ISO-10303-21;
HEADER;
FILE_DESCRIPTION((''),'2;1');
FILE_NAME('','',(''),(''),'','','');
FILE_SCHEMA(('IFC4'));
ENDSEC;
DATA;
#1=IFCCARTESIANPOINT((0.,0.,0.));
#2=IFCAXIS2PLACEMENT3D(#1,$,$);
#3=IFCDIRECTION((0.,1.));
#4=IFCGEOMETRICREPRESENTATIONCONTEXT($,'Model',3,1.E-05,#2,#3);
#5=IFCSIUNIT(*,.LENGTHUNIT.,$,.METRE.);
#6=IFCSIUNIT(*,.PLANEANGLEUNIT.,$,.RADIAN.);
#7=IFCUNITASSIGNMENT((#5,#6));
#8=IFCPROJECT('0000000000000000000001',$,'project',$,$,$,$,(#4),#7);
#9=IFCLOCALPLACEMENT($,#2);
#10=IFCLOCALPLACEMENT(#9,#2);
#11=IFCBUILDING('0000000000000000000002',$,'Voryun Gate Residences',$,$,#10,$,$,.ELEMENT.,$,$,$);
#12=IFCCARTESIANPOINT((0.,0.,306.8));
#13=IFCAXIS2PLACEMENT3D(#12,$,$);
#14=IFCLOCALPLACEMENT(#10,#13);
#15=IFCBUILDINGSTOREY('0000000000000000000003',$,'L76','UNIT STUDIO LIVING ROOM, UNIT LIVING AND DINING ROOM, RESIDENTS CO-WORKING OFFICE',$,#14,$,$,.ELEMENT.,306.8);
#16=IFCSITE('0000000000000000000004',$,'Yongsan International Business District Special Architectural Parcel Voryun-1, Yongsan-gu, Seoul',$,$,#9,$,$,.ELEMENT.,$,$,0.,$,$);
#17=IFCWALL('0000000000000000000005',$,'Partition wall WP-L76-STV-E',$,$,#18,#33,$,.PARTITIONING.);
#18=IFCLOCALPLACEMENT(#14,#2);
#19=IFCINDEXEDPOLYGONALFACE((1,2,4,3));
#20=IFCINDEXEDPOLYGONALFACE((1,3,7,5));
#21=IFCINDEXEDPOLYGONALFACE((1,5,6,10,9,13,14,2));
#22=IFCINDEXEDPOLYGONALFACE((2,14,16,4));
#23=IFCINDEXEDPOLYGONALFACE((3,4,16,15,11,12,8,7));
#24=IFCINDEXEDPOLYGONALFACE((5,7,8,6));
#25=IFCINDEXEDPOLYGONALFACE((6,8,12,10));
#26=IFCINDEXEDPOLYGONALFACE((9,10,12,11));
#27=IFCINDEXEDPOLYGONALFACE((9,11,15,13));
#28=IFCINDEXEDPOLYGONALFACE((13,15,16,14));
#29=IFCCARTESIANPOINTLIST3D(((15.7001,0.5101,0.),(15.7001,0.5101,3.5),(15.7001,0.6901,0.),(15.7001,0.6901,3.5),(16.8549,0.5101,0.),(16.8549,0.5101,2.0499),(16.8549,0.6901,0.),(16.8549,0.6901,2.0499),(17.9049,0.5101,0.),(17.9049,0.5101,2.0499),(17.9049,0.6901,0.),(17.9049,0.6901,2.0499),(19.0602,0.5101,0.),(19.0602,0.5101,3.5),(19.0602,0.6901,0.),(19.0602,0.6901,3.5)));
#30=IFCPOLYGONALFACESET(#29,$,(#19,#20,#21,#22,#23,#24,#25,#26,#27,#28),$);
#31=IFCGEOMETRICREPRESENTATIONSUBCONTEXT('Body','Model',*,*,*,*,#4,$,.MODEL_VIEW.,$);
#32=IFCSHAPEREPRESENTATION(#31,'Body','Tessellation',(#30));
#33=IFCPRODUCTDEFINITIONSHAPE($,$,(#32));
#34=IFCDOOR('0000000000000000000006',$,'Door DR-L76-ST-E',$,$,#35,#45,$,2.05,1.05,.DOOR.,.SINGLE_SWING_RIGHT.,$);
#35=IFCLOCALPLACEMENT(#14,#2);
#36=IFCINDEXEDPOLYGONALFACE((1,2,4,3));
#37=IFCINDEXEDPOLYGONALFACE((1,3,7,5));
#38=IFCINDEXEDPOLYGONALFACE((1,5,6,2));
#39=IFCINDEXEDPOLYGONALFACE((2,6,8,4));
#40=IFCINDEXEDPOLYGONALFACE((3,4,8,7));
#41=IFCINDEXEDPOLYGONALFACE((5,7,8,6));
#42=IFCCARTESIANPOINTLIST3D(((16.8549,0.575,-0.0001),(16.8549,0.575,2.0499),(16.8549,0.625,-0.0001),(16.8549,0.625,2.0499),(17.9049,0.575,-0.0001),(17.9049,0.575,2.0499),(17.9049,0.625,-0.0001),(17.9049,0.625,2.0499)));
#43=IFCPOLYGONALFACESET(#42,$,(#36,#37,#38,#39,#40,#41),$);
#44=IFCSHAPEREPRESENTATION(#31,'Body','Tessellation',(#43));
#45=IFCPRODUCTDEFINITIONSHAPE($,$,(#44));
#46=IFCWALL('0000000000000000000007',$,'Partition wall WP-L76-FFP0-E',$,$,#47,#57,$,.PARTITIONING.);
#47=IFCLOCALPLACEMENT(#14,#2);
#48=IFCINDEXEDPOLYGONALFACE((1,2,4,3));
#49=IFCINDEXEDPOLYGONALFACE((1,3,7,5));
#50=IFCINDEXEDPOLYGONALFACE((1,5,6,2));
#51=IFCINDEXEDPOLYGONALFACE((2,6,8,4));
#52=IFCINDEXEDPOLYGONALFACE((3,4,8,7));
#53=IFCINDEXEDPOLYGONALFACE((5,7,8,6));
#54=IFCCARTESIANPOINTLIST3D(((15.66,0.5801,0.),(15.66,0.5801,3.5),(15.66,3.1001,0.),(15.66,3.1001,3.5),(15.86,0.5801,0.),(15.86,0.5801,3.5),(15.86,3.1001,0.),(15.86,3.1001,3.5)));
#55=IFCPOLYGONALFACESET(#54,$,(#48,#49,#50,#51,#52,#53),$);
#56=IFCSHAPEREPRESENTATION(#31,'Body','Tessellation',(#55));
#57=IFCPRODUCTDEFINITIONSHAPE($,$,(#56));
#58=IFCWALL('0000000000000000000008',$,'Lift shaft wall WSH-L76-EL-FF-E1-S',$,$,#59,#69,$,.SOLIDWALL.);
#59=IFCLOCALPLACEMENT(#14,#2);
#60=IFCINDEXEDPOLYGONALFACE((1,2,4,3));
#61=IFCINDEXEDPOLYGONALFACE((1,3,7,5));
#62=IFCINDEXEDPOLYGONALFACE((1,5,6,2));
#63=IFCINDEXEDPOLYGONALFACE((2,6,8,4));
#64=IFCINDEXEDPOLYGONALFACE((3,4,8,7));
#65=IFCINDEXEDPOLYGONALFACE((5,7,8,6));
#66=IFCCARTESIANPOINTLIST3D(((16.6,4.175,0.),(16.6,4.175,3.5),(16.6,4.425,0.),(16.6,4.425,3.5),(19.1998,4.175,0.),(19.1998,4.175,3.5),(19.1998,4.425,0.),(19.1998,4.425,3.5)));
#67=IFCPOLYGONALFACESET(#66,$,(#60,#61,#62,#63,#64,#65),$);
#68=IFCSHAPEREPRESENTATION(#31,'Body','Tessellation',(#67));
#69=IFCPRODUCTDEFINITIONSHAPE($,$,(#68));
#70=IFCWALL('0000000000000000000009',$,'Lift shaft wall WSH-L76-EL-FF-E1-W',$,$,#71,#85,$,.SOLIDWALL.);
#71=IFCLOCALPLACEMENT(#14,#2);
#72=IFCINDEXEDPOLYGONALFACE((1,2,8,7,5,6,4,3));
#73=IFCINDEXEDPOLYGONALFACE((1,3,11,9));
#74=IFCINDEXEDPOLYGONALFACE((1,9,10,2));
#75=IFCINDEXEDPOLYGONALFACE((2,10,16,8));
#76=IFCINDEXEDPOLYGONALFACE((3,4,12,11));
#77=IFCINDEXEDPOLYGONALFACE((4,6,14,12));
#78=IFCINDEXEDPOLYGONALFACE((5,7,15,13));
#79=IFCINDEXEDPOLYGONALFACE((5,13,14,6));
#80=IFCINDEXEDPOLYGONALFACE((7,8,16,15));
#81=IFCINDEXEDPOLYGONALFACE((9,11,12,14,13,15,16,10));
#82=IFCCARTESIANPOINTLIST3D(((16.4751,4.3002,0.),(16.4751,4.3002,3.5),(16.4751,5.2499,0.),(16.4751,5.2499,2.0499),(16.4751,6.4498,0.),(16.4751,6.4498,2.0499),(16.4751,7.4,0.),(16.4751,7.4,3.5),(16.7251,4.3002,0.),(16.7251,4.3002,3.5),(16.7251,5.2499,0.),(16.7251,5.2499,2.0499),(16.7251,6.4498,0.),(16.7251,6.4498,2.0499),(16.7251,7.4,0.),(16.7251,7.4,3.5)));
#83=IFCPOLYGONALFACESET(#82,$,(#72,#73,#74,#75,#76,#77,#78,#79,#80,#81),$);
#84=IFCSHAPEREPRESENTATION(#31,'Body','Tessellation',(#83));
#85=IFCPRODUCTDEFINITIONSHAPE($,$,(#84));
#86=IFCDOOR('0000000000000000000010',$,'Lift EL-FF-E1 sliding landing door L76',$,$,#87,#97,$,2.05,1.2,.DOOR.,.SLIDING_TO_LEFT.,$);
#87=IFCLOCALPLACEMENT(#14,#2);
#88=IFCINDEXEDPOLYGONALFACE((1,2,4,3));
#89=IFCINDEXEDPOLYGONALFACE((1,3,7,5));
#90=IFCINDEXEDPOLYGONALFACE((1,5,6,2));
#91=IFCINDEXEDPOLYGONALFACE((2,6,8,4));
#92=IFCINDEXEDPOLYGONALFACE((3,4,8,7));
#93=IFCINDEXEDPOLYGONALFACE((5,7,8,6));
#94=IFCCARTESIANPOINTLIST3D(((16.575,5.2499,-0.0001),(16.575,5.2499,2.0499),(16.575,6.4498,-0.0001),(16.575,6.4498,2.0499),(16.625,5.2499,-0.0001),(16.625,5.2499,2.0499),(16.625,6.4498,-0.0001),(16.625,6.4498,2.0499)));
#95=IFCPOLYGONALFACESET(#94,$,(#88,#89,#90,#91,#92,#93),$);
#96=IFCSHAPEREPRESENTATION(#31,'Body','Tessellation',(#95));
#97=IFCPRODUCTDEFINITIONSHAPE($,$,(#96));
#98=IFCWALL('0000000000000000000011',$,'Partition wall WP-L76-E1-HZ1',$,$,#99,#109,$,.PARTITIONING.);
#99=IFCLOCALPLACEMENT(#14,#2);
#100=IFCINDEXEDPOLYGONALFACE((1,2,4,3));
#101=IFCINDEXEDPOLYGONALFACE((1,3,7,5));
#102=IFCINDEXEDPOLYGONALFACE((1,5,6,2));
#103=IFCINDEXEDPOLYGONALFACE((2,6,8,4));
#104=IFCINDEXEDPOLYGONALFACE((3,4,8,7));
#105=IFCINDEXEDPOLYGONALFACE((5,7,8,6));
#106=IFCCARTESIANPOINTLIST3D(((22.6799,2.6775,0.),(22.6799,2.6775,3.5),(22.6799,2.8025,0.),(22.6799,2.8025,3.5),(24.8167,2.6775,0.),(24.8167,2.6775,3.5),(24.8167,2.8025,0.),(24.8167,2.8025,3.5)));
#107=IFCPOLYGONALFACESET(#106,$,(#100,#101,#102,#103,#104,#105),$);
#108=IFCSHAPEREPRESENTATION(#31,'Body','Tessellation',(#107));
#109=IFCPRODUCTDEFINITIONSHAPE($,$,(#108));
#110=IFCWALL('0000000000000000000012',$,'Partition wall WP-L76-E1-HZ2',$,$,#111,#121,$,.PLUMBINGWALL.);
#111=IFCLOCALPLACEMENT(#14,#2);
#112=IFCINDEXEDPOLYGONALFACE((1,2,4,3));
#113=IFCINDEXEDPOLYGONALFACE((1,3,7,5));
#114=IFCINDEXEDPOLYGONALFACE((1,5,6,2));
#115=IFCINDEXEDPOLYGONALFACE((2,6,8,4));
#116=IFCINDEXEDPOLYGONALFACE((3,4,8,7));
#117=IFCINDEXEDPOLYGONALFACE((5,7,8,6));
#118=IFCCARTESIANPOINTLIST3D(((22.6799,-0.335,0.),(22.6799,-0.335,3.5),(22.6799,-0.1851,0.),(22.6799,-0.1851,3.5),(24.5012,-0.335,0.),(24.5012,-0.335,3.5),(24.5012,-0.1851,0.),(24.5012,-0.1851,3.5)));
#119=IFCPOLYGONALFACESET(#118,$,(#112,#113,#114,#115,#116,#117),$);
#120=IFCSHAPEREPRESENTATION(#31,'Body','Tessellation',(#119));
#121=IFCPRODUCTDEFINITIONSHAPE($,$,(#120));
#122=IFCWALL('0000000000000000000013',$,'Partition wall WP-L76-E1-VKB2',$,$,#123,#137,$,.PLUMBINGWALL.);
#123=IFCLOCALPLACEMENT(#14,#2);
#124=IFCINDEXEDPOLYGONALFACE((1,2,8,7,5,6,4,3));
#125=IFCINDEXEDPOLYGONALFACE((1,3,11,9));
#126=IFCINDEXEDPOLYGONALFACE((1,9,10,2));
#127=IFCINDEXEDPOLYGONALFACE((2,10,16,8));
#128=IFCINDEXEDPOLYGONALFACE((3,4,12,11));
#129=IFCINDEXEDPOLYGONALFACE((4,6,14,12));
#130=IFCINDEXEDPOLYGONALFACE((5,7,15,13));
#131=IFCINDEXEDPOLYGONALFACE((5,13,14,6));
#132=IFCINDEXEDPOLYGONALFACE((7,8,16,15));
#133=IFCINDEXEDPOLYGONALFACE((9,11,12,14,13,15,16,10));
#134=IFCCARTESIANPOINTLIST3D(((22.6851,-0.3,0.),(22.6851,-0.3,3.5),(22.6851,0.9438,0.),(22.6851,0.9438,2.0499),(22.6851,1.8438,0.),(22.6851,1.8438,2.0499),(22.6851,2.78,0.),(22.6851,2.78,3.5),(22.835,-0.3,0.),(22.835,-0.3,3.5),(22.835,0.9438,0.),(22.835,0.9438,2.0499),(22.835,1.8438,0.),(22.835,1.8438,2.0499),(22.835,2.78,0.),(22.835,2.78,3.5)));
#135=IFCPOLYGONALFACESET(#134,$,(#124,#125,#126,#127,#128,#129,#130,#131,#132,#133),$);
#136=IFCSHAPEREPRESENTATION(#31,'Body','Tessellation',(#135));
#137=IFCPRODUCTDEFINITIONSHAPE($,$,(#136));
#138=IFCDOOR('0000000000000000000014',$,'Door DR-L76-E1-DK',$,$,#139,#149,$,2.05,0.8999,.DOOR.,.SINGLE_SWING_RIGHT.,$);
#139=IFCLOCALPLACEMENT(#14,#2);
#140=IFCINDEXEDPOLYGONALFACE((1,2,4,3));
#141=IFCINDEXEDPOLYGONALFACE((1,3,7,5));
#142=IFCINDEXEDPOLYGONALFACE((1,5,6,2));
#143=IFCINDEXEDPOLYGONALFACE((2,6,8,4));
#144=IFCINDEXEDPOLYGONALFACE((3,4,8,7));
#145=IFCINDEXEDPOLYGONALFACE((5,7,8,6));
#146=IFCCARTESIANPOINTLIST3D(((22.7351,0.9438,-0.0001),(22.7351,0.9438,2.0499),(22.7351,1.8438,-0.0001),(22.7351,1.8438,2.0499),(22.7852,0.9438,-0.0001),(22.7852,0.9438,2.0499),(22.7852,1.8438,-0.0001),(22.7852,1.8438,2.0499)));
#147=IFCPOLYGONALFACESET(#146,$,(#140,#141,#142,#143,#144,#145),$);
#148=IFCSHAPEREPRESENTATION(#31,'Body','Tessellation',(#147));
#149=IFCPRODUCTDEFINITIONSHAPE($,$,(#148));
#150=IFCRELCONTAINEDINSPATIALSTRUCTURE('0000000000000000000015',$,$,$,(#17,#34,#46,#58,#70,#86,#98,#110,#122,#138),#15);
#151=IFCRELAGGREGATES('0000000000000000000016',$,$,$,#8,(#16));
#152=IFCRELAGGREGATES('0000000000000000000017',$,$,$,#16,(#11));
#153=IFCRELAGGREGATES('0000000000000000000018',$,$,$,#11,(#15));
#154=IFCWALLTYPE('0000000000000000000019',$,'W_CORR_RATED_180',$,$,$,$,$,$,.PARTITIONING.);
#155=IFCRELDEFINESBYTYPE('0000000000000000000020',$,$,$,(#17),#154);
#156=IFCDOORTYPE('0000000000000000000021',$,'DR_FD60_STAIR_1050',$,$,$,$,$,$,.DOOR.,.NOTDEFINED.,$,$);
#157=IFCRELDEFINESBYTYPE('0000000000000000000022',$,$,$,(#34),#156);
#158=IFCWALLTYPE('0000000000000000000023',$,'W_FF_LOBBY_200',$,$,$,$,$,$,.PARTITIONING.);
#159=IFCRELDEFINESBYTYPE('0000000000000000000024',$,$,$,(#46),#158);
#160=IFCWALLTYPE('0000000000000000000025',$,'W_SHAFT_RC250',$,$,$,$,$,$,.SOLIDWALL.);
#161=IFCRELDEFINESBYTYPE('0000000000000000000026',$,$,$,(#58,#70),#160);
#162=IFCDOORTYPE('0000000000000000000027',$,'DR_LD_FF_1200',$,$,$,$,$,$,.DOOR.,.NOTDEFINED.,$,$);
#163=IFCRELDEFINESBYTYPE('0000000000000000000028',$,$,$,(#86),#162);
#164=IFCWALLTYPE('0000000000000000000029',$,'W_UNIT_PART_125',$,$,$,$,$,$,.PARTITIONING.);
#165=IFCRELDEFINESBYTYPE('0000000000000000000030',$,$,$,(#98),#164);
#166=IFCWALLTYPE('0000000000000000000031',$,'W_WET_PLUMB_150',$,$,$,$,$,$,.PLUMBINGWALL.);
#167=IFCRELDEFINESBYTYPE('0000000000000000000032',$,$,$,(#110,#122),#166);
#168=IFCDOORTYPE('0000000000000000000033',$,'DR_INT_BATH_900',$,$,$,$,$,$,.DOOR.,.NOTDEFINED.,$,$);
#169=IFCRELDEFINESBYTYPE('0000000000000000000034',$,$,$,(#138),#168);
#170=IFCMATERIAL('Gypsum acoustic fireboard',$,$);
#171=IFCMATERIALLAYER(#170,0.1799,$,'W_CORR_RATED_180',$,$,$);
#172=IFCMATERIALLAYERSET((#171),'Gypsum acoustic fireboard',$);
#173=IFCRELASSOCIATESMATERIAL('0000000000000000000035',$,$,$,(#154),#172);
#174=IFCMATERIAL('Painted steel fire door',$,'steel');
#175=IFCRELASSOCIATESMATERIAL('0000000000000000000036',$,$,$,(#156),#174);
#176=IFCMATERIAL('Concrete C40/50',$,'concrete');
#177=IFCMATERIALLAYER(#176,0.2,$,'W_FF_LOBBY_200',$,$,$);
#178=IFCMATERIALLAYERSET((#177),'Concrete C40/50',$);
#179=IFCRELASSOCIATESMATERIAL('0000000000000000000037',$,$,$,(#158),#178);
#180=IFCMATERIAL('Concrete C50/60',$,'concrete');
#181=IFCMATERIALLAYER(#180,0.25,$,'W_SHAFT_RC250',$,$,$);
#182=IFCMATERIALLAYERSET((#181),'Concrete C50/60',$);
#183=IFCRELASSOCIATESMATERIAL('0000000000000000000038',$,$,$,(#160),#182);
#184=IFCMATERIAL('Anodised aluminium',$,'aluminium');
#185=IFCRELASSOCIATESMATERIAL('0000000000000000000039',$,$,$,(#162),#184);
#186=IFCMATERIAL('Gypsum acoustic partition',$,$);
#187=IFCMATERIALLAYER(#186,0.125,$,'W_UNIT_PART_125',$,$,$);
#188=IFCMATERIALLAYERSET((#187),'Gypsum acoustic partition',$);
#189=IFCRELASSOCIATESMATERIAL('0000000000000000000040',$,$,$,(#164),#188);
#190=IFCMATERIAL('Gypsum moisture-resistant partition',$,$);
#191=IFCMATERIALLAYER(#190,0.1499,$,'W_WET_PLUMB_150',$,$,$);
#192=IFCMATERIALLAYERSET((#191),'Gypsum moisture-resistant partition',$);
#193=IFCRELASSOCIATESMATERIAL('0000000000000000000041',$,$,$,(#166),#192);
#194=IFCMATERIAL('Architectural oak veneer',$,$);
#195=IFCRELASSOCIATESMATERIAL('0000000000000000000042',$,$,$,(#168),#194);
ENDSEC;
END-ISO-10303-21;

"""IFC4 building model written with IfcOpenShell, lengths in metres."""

from ifc_helpers import new_model, si_unit, direction, frame, frame_2d, origin, place, context, subcontext, project, spatial, rectangle, extrude, material, layer, layer_set, type_object, element, fill, save


model = new_model("IFC4")

# Units and contexts
model_context = context("Model", 3, precision=1e-05, world=origin(), true_north=direction((0.0, 1.0)))
body_context = subcontext(model_context, "Body", "Model", "MODEL_VIEW")
ifc_project = project(units=[si_unit("LENGTHUNIT", "METRE"), si_unit("PLANEANGLEUNIT", "RADIAN")], contexts=[model_context])

# Site, building, storey
site_placement = place(None, origin())
site = spatial("IfcSite", under=ifc_project, at=site_placement, Name="Yongsan International Business District Special Architectural Parcel Voryun-1, Yongsan-gu, Seoul", CompositionType="ELEMENT", RefElevation=0.0)
building_placement = place(site_placement, origin())
building = spatial("IfcBuilding", under=site, at=building_placement, Name="Voryun Gate Residences", CompositionType="ELEMENT")
storey_placement = place(building_placement, frame((0.0, 0.0, 306.8)))
storey = spatial("IfcBuildingStorey", under=building, at=storey_placement, Name="L76", Description="UNIT STUDIO LIVING ROOM, UNIT LIVING AND DINING ROOM, RESIDENTS CO-WORKING OFFICE", CompositionType="ELEMENT", Elevation=306.8)

# Wall, opening, door
ifc_material_1 = material(Name="Gypsum acoustic fireboard")
ifc_layer_1 = layer(ifc_material_1, 0.1799, Name="W_CORR_RATED_180")
ifc_layer_set_1 = layer_set([ifc_layer_1], Name="Gypsum acoustic fireboard")
wall_type_1 = type_object("IfcWallType", Name="W_CORR_RATED_180", PredefinedType="PARTITIONING", material=ifc_layer_set_1)
wall_1_placement = place(storey_placement, frame((15.7, 0.6001, 0.0), z_axis=(0.0, 0.0, 1.0), x_axis=(1.0, 0.0, 0.0)))
wall_1 = element("IfcWall", 1, at=wall_1_placement, inside=storey, type_object=wall_type_1, Name="Partition wall WP-L76-STV-E", PredefinedType="PARTITIONING", context=body_context, shape_type="SweptSolid", body=[
    extrude(rectangle(XDim=3.3601, YDim=0.1799, at=frame_2d((1.6802, 0.0))), origin(), (0.0, 0.0, 1.0), 3.5),
])
opening_1_placement = place(wall_1_placement, frame((1.155, 0.0, 0.0)))
opening_1 = element("IfcOpeningElement", 2, at=opening_1_placement, cuts=wall_1, PredefinedType="OPENING", context=body_context, shape_type="SweptSolid", body=[
    extrude(rectangle(XDim=1.05, YDim=2.05, at=frame_2d((0.5249, 1.0249))), frame((0.0, 0.0999, 0.0), z_axis=(0.0, -1.0, 0.0), x_axis=(1.0, 0.0, 0.0)), (0.0, 0.0, 1.0), 0.2),
])
ifc_material_2 = material(Name="Painted steel fire door", Category="steel")
door_type_1 = type_object("IfcDoorType", Name="DR_FD60_STAIR_1050", OperationType="NOTDEFINED", PredefinedType="DOOR", material=ifc_material_2)
door_1_placement = place(opening_1_placement, origin())
door_1 = element("IfcDoor", 3, at=door_1_placement, inside=storey, type_object=door_type_1, Name="Door DR-L76-ST-E", OperationType="SINGLE_SWING_RIGHT", OverallHeight=2.05, OverallWidth=1.05, PredefinedType="DOOR", context=body_context, shape_type="SweptSolid", body=[
    extrude(rectangle(XDim=1.05, YDim=2.05, at=frame_2d((0.5249, 1.0249))), frame((0.0, 0.0249, 0.0), z_axis=(0.0, -1.0, 0.0), x_axis=(1.0, 0.0, 0.0)), (0.0, 0.0, 1.0), 0.05),
])
fill(opening_1, door_1)

# Walls
ifc_material_3 = material(Name="Concrete C40/50", Category="concrete")
ifc_layer_2 = layer(ifc_material_3, 0.2, Name="W_FF_LOBBY_200")
ifc_layer_set_2 = layer_set([ifc_layer_2], Name="Concrete C40/50")
wall_type_2 = type_object("IfcWallType", Name="W_FF_LOBBY_200", PredefinedType="PARTITIONING", material=ifc_layer_set_2)
wall_2_placement = place(storey_placement, frame((15.76, 0.5801, 0.0), z_axis=(0.0, 0.0, 1.0), x_axis=(0.0, 1.0, 0.0)))
element("IfcWall", 4, at=wall_2_placement, inside=storey, type_object=wall_type_2, Name="Partition wall WP-L76-FFP0-E", PredefinedType="PARTITIONING", context=body_context, shape_type="SweptSolid", body=[
    extrude(rectangle(XDim=2.52, YDim=0.2, at=frame_2d((1.26, 0.0))), origin(), (0.0, 0.0, 1.0), 3.5),
])
ifc_material_4 = material(Name="Concrete C50/60", Category="concrete")
ifc_layer_3 = layer(ifc_material_4, 0.25, Name="W_SHAFT_RC250")
ifc_layer_set_3 = layer_set([ifc_layer_3], Name="Concrete C50/60")
wall_type_3 = type_object("IfcWallType", Name="W_SHAFT_RC250", PredefinedType="SOLIDWALL", material=ifc_layer_set_3)
wall_3_placement = place(storey_placement, frame((16.6001, 4.3, 0.0), z_axis=(0.0, 0.0, 1.0), x_axis=(1.0, 0.0, 0.0)))
element("IfcWall", 5, at=wall_3_placement, inside=storey, type_object=wall_type_3, Name="Lift shaft wall WSH-L76-EL-FF-E1-S", PredefinedType="SOLIDWALL", context=body_context, shape_type="SweptSolid", body=[
    extrude(rectangle(XDim=2.5999, YDim=0.25, at=frame_2d((1.2998, 0.0))), origin(), (0.0, 0.0, 1.0), 3.5),
])

# Wall, opening, door
wall_4_placement = place(storey_placement, frame((16.6001, 7.3999, 0.0), z_axis=(0.0, 0.0, 1.0), x_axis=(0.0, -1.0, 0.0)))
wall_4 = element("IfcWall", 6, at=wall_4_placement, inside=storey, type_object=wall_type_3, Name="Lift shaft wall WSH-L76-EL-FF-E1-W", PredefinedType="SOLIDWALL", context=body_context, shape_type="SweptSolid", body=[
    extrude(rectangle(XDim=3.0999, YDim=0.25, at=frame_2d((1.5498, 0.0))), origin(), (0.0, 0.0, 1.0), 3.5),
])
opening_2_placement = place(wall_4_placement, frame((0.95, 0.0, 0.0)))
opening_2 = element("IfcOpeningElement", 7, at=opening_2_placement, cuts=wall_4, PredefinedType="OPENING", context=body_context, shape_type="SweptSolid", body=[
    extrude(rectangle(XDim=1.2, YDim=2.05, at=frame_2d((0.6001, 1.0249))), frame((0.0, 0.135, 0.0), z_axis=(0.0, -1.0, 0.0), x_axis=(1.0, 0.0, 0.0)), (0.0, 0.0, 1.0), 0.27),
])
ifc_material_5 = material(Name="Anodised aluminium", Category="aluminium")
door_type_2 = type_object("IfcDoorType", Name="DR_LD_FF_1200", OperationType="NOTDEFINED", PredefinedType="DOOR", material=ifc_material_5)
door_2_placement = place(opening_2_placement, origin())
door_2 = element("IfcDoor", 8, at=door_2_placement, inside=storey, type_object=door_type_2, Name="Lift EL-FF-E1 sliding landing door L76", OperationType="SLIDING_TO_LEFT", OverallHeight=2.05, OverallWidth=1.2, PredefinedType="DOOR", context=body_context, shape_type="SweptSolid", body=[
    extrude(rectangle(XDim=1.2, YDim=2.05, at=frame_2d((0.6001, 1.0249))), frame((0.0, 0.0249, 0.0), z_axis=(0.0, -1.0, 0.0), x_axis=(1.0, 0.0, 0.0)), (0.0, 0.0, 1.0), 0.05),
])
fill(opening_2, door_2)

# Walls
ifc_material_6 = material(Name="Gypsum acoustic partition")
ifc_layer_4 = layer(ifc_material_6, 0.125, Name="W_UNIT_PART_125")
ifc_layer_set_4 = layer_set([ifc_layer_4], Name="Gypsum acoustic partition")
wall_type_4 = type_object("IfcWallType", Name="W_UNIT_PART_125", PredefinedType="PARTITIONING", material=ifc_layer_set_4)
wall_5_placement = place(storey_placement, frame((22.6799, 2.74, 0.0), z_axis=(0.0, 0.0, 1.0), x_axis=(1.0, 0.0, 0.0)))
element("IfcWall", 9, at=wall_5_placement, inside=storey, type_object=wall_type_4, Name="Partition wall WP-L76-E1-HZ1", PredefinedType="PARTITIONING", context=body_context, shape_type="SweptSolid", body=[
    extrude(rectangle(XDim=2.1367, YDim=0.125, at=frame_2d((1.0684, 0.0))), origin(), (0.0, 0.0, 1.0), 3.5),
])
ifc_material_7 = material(Name="Gypsum moisture-resistant partition")
ifc_layer_5 = layer(ifc_material_7, 0.1499, Name="W_WET_PLUMB_150")
ifc_layer_set_5 = layer_set([ifc_layer_5], Name="Gypsum moisture-resistant partition")
wall_type_5 = type_object("IfcWallType", Name="W_WET_PLUMB_150", PredefinedType="PLUMBINGWALL", material=ifc_layer_set_5)
wall_6_placement = place(storey_placement, frame((22.6799, -0.26, 0.0), z_axis=(0.0, 0.0, 1.0), x_axis=(1.0, 0.0, 0.0)))
element("IfcWall", 10, at=wall_6_placement, inside=storey, type_object=wall_type_5, Name="Partition wall WP-L76-E1-HZ2", PredefinedType="PLUMBINGWALL", context=body_context, shape_type="SweptSolid", body=[
    extrude(rectangle(XDim=1.8213, YDim=0.1499, at=frame_2d((0.9106, 0.0))), origin(), (0.0, 0.0, 1.0), 3.5),
])

# Wall, opening, door
wall_7_placement = place(storey_placement, frame((22.76, -0.3, 0.0), z_axis=(0.0, 0.0, 1.0), x_axis=(0.0, 1.0, 0.0)))
wall_7 = element("IfcWall", 11, at=wall_7_placement, inside=storey, type_object=wall_type_5, Name="Partition wall WP-L76-E1-VKB2", PredefinedType="PLUMBINGWALL", context=body_context, shape_type="SweptSolid", body=[
    extrude(rectangle(XDim=3.0801, YDim=0.1499, at=frame_2d((1.54, 0.0))), origin(), (0.0, 0.0, 1.0), 3.5),
])
opening_3_placement = place(wall_7_placement, frame((1.2439, 0.0, 0.0)))
opening_3 = element("IfcOpeningElement", 12, at=opening_3_placement, cuts=wall_7, PredefinedType="OPENING", context=body_context, shape_type="SweptSolid", body=[
    extrude(rectangle(XDim=0.8999, YDim=2.05, at=frame_2d((0.45, 1.0249))), frame((0.0, 0.085, 0.0), z_axis=(0.0, -1.0, 0.0), x_axis=(1.0, 0.0, 0.0)), (0.0, 0.0, 1.0), 0.1699),
])
ifc_material_8 = material(Name="Architectural oak veneer")
door_type_3 = type_object("IfcDoorType", Name="DR_INT_BATH_900", OperationType="NOTDEFINED", PredefinedType="DOOR", material=ifc_material_8)
door_3_placement = place(opening_3_placement, origin())
door_3 = element("IfcDoor", 13, at=door_3_placement, inside=storey, type_object=door_type_3, Name="Door DR-L76-E1-DK", OperationType="SINGLE_SWING_RIGHT", OverallHeight=2.05, OverallWidth=0.8999, PredefinedType="DOOR", context=body_context, shape_type="SweptSolid", body=[
    extrude(rectangle(XDim=0.8999, YDim=2.05, at=frame_2d((0.45, 1.0249))), frame((0.0, 0.0249, 0.0), z_axis=(0.0, -1.0, 0.0), x_axis=(1.0, 0.0, 0.0)), (0.0, 0.0, 1.0), 0.05),
])
fill(opening_3, door_3)

save(model, "model.ifc")
